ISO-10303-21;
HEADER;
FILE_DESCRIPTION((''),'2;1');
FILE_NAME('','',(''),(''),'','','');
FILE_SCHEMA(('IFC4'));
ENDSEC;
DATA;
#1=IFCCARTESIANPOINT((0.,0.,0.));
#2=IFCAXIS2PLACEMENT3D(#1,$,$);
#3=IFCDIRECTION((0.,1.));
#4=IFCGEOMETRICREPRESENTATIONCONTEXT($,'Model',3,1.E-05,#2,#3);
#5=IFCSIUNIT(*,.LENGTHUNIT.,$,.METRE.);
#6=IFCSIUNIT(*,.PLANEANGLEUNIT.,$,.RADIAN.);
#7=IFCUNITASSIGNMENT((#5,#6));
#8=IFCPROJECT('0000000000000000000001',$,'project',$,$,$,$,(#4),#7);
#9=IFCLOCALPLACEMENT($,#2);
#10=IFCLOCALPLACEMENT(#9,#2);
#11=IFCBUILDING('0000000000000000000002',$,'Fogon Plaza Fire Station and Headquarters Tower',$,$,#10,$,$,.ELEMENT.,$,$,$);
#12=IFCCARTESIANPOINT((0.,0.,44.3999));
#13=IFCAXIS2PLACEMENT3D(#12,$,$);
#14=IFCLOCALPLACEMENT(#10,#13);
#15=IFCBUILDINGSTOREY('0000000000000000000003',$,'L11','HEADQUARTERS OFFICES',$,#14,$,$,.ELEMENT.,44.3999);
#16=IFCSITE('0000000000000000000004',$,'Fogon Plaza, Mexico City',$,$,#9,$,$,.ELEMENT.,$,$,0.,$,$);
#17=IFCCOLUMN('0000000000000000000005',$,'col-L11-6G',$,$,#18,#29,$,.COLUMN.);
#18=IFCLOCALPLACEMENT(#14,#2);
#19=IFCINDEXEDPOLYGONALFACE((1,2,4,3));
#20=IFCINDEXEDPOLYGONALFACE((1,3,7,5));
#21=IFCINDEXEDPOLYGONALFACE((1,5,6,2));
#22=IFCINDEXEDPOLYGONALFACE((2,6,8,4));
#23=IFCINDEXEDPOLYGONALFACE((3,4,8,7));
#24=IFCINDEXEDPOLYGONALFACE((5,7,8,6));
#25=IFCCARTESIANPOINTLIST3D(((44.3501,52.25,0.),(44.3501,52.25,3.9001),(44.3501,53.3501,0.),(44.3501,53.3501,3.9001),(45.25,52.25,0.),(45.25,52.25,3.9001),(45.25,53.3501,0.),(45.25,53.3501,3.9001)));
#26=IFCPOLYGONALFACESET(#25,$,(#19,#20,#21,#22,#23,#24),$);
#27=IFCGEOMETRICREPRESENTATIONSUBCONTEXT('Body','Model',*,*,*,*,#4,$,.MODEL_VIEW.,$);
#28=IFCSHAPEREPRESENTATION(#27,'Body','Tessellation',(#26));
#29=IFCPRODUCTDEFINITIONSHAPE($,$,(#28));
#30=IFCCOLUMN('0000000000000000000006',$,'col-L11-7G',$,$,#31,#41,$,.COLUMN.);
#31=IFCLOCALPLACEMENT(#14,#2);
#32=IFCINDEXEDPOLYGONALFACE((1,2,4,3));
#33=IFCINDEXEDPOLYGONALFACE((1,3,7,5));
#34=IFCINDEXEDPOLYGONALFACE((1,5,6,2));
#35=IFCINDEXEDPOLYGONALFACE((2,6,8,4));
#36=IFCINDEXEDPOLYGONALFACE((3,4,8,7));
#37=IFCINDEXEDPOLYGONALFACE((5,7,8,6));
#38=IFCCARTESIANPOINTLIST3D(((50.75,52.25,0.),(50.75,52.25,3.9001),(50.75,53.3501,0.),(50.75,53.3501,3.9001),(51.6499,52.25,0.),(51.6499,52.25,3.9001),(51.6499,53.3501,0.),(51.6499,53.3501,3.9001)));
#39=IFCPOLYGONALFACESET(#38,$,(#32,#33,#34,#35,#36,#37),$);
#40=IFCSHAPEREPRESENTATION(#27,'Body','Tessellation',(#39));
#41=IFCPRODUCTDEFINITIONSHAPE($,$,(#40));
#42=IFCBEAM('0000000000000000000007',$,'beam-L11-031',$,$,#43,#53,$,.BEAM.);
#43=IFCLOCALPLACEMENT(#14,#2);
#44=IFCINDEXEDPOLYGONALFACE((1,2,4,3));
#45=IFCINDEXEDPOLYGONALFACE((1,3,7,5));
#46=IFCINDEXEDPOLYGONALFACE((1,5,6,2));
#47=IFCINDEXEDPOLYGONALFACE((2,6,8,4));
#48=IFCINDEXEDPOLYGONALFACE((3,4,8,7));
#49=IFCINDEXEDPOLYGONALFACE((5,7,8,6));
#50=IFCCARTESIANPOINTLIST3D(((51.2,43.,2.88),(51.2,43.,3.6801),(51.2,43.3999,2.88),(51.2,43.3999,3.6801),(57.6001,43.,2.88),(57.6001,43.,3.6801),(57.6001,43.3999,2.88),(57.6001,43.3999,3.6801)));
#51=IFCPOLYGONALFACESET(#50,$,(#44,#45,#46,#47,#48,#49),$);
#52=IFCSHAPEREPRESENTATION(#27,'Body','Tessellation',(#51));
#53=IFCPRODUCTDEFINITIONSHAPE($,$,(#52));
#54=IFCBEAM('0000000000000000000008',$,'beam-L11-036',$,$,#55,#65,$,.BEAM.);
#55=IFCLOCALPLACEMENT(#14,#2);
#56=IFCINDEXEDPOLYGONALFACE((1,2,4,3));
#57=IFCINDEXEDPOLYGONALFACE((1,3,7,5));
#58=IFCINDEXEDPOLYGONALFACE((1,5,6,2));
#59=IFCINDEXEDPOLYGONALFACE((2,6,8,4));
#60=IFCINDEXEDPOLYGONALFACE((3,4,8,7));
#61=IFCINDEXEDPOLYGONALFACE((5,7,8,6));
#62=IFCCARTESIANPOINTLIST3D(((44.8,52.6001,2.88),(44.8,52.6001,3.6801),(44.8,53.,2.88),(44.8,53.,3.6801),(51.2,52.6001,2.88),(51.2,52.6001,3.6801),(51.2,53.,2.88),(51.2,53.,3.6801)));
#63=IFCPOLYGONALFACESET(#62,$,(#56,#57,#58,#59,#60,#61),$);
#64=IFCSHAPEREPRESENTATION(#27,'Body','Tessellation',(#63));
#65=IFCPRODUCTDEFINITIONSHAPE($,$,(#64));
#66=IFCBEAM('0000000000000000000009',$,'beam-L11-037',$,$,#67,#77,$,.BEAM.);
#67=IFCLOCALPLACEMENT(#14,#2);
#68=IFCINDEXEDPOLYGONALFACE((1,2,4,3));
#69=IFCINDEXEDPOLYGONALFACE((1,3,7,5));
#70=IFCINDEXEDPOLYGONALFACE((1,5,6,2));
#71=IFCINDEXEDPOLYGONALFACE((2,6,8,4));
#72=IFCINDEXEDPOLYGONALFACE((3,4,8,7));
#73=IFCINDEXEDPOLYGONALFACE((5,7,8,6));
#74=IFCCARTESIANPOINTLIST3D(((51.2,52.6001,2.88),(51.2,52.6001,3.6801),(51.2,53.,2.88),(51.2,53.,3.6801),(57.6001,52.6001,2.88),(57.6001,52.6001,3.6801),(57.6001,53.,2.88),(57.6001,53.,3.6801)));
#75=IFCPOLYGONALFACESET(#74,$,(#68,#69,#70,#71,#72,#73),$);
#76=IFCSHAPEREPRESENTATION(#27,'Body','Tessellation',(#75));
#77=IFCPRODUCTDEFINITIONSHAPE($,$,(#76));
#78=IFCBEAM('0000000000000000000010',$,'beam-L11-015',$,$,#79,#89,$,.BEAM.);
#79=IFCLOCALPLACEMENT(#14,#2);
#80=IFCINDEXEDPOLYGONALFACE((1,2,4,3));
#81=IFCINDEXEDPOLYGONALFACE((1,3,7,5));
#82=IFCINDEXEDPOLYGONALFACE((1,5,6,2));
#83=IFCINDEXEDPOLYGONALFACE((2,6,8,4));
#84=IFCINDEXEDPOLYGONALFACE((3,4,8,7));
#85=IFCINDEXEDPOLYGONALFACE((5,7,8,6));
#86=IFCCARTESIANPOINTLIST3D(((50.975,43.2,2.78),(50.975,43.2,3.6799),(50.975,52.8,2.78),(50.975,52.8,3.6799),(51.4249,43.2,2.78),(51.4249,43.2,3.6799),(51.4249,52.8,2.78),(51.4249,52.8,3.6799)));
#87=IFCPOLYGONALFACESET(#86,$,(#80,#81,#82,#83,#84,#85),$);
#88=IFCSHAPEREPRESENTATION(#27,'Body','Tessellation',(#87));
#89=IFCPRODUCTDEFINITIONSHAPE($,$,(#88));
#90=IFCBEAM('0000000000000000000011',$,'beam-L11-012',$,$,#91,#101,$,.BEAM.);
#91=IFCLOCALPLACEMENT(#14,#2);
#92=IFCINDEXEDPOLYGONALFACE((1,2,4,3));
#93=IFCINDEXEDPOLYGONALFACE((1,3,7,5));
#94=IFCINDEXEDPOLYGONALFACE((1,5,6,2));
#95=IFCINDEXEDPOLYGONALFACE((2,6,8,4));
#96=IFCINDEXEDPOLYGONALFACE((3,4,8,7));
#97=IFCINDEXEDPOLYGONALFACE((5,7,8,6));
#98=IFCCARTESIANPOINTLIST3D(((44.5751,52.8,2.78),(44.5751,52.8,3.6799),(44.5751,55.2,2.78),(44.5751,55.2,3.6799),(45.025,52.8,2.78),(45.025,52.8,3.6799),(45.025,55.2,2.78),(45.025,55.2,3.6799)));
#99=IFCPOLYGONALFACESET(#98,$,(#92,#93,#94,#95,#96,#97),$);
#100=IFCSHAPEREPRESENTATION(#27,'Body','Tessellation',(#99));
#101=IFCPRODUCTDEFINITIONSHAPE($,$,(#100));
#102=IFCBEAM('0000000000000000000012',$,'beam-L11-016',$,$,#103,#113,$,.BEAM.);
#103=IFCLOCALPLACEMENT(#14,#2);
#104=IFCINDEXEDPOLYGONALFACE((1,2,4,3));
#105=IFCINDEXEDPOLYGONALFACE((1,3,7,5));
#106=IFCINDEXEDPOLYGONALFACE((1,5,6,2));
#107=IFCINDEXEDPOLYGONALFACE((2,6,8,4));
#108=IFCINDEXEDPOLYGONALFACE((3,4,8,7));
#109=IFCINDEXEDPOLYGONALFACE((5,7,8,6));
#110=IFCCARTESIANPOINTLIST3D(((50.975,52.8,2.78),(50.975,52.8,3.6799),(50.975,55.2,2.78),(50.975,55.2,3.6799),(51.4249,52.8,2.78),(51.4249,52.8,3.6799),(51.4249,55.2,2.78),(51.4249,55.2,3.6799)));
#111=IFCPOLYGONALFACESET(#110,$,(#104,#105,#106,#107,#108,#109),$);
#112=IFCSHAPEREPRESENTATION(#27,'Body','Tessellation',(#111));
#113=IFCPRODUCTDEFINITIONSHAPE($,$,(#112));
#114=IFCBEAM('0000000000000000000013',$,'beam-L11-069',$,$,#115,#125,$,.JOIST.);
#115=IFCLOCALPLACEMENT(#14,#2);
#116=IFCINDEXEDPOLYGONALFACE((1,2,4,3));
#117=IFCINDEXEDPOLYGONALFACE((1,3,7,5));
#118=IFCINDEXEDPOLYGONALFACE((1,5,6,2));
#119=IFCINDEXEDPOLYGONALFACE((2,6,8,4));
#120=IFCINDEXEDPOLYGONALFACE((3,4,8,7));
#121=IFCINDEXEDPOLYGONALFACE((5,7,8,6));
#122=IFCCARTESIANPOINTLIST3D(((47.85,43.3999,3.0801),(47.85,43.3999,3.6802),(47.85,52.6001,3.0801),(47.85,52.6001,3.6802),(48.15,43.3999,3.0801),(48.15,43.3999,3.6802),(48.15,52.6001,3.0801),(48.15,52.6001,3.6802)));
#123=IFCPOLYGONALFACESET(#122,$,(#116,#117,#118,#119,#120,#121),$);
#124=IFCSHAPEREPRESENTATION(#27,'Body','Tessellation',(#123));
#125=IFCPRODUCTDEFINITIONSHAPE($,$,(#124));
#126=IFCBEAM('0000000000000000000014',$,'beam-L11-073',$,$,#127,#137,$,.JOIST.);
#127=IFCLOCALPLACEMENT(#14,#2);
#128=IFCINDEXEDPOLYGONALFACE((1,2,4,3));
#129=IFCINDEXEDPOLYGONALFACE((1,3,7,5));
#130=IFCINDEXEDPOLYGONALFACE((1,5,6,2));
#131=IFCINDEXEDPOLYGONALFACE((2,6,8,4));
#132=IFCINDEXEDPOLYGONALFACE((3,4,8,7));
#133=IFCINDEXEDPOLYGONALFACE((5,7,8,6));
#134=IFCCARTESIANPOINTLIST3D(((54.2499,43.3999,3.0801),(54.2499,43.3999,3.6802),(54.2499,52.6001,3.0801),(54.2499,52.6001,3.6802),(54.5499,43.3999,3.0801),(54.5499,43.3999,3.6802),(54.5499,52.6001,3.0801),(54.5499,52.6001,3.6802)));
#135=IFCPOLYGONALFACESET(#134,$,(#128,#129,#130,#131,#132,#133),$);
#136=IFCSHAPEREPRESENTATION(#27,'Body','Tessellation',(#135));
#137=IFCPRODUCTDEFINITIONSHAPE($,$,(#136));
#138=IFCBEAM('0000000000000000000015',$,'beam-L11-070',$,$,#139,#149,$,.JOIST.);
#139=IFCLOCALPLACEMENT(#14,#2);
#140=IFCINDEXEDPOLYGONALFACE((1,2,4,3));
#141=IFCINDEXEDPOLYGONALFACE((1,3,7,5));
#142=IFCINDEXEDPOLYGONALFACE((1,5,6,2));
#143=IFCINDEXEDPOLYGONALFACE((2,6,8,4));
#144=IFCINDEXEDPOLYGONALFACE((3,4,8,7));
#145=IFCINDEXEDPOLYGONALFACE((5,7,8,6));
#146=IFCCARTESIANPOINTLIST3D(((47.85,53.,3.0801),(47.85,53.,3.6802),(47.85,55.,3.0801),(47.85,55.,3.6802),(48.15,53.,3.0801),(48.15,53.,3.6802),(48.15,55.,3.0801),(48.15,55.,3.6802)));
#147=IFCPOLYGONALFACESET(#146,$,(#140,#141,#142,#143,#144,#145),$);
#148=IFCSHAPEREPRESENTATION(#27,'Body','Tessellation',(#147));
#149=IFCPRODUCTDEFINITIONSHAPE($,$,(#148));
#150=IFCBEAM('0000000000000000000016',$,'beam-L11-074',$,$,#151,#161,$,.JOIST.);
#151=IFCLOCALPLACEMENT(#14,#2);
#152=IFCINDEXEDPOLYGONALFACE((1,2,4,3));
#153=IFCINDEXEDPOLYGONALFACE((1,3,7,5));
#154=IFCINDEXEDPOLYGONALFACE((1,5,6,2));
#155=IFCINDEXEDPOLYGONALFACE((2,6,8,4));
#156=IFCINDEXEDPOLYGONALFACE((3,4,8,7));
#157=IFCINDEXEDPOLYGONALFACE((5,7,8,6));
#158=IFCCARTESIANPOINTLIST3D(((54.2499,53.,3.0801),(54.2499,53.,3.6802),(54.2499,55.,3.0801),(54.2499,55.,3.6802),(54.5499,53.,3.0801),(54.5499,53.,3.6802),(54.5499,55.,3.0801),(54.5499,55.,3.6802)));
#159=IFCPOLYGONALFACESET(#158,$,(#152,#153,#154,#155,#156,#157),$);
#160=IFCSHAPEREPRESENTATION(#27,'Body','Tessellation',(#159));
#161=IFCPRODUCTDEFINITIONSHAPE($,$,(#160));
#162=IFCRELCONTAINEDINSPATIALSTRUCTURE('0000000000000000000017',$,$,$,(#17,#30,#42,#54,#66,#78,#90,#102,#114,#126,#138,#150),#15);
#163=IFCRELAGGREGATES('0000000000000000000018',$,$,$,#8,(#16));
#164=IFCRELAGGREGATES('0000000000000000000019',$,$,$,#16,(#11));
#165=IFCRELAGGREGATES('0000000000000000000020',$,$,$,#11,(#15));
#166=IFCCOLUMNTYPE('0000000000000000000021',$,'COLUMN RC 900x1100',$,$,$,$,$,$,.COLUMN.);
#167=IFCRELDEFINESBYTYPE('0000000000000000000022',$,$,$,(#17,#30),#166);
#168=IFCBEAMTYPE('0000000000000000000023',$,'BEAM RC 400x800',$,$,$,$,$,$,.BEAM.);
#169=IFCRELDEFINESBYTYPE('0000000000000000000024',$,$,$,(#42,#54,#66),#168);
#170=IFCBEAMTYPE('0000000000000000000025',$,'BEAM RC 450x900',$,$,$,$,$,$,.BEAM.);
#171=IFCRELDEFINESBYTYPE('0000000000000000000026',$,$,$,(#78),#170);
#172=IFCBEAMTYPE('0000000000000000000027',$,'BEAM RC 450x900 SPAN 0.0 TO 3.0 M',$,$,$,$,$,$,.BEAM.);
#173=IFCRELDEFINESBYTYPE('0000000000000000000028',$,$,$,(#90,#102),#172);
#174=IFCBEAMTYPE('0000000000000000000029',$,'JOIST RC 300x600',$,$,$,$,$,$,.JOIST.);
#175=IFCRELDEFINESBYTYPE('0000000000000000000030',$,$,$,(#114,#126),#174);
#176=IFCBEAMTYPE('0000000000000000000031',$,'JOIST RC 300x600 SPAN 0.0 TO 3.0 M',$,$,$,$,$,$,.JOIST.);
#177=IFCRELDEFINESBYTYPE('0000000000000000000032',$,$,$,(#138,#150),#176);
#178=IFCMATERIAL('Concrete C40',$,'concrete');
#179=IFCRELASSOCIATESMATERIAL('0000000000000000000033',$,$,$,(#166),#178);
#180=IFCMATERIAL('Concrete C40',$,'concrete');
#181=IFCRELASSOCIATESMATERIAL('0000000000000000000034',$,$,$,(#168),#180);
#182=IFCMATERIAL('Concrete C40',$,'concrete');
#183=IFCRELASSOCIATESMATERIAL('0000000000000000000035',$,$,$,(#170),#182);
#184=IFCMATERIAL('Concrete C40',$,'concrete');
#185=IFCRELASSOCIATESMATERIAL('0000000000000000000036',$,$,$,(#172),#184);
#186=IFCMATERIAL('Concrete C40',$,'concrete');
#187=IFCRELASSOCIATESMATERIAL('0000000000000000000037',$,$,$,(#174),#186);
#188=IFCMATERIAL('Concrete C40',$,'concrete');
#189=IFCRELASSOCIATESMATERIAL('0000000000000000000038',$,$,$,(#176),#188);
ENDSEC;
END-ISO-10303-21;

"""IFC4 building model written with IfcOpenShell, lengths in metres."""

from ifc_helpers import new_model, si_unit, direction, frame, origin, origin_2d, place, context, subcontext, project, spatial, rectangle, extrude, material, material_profile, profile_set, type_object, element, save


model = new_model("IFC4")

# Units and contexts
model_context = context("Model", 3, precision=1e-05, world=origin(), true_north=direction((0.0, 1.0)))
body_context = subcontext(model_context, "Body", "Model", "MODEL_VIEW")
ifc_project = project(units=[si_unit("LENGTHUNIT", "METRE"), si_unit("PLANEANGLEUNIT", "RADIAN")], contexts=[model_context])

# Site, building, storey
site_placement = place(None, origin())
site = spatial("IfcSite", under=ifc_project, at=site_placement, Name="Fogon Plaza, Mexico City", CompositionType="ELEMENT", RefElevation=0.0)
building_placement = place(site_placement, origin())
building = spatial("IfcBuilding", under=site, at=building_placement, Name="Fogon Plaza Fire Station and Headquarters Tower", CompositionType="ELEMENT")
storey_placement = place(building_placement, frame((0.0, 0.0, 44.3999)))
storey = spatial("IfcBuildingStorey", under=building, at=storey_placement, Name="L11", Description="HEADQUARTERS OFFICES", CompositionType="ELEMENT", Elevation=44.3999)

# Columns
ifc_material_1 = material(Name="Concrete C40", Category="concrete")
ifc_material_profile_1 = material_profile(ifc_material_1, rectangle(XDim=0.8999, YDim=1.1001, at=origin_2d()), Name="RC 900x1100")
ifc_profile_set_1 = profile_set([ifc_material_profile_1], Name="Concrete C40")
column_type = type_object("IfcColumnType", Name="COLUMN RC 900x1100", PredefinedType="COLUMN", material=ifc_profile_set_1)
for number, where, z_axis, x_axis, name in (
    (1, (44.8, 52.8, 0.0), (0.0, 0.0, 1.0), (1.0, 0.0, 0.0), "col-L11-6G"),
    (2, (51.2, 52.8, 0.0), (0.0, 0.0, 1.0), (1.0, 0.0, 0.0), "col-L11-7G"),
):
    element("IfcColumn", number, at=place(storey_placement, frame(where, z_axis=z_axis, x_axis=x_axis)), inside=storey, type_object=column_type, Name=name, PredefinedType="COLUMN", context=body_context, shape_type="SweptSolid", body=[
        extrude(rectangle(XDim=0.8999, YDim=1.1001, at=origin_2d()), origin(), (0.0, 0.0, 1.0), 3.9001),
    ])

# Beams
ifc_material_2 = material(Name="Concrete C40", Category="concrete")
ifc_material_profile_2 = material_profile(ifc_material_2, rectangle(XDim=0.3999, YDim=0.8, at=origin_2d()), Name="RC 400x800")
ifc_profile_set_2 = profile_set([ifc_material_profile_2], Name="Concrete C40")
beam_type_1 = type_object("IfcBeamType", Name="BEAM RC 400x800", PredefinedType="BEAM", material=ifc_profile_set_2)
beam_1_placement = place(storey_placement, frame((51.2, 43.2, 3.28), z_axis=(1.0, 0.0, 0.0), x_axis=(0.0, 1.0, 0.0)))
element("IfcBeam", 3, at=beam_1_placement, inside=storey, type_object=beam_type_1, Name="beam-L11-031", PredefinedType="BEAM", context=body_context, shape_type="SweptSolid", body=[
    extrude(rectangle(XDim=0.3999, YDim=0.8, at=origin_2d()), origin(), (0.0, 0.0, 1.0), 6.4001),
])
beam_2_placement = place(storey_placement, frame((44.8, 52.8, 3.28), z_axis=(1.0, 0.0, 0.0), x_axis=(0.0, 1.0, 0.0)))
element("IfcBeam", 4, at=beam_2_placement, inside=storey, type_object=beam_type_1, Name="beam-L11-036", PredefinedType="BEAM", context=body_context, shape_type="SweptSolid", body=[
    extrude(rectangle(XDim=0.3999, YDim=0.8, at=origin_2d()), origin(), (0.0, 0.0, 1.0), 6.3999),
])
beam_3_placement = place(storey_placement, frame((51.2, 52.8, 3.28), z_axis=(1.0, 0.0, 0.0), x_axis=(0.0, 1.0, 0.0)))
element("IfcBeam", 5, at=beam_3_placement, inside=storey, type_object=beam_type_1, Name="beam-L11-037", PredefinedType="BEAM", context=body_context, shape_type="SweptSolid", body=[
    extrude(rectangle(XDim=0.3999, YDim=0.8, at=origin_2d()), origin(), (0.0, 0.0, 1.0), 6.4001),
])
ifc_material_3 = material(Name="Concrete C40", Category="concrete")
ifc_material_profile_3 = material_profile(ifc_material_3, rectangle(XDim=0.45, YDim=0.8999, at=origin_2d()), Name="RC 450x900")
ifc_profile_set_3 = profile_set([ifc_material_profile_3], Name="Concrete C40")
beam_type_2 = type_object("IfcBeamType", Name="BEAM RC 450x900", PredefinedType="BEAM", material=ifc_profile_set_3)
beam_4_placement = place(storey_placement, frame((51.2, 43.2, 3.23), z_axis=(0.0, 1.0, 0.0), x_axis=(-1.0, 0.0, 0.0)))
element("IfcBeam", 6, at=beam_4_placement, inside=storey, type_object=beam_type_2, Name="beam-L11-015", PredefinedType="BEAM", context=body_context, shape_type="SweptSolid", body=[
    extrude(rectangle(XDim=0.45, YDim=0.8999, at=origin_2d()), origin(), (0.0, 0.0, 1.0), 9.6001),
])
ifc_material_4 = material(Name="Concrete C40", Category="concrete")
ifc_material_profile_4 = material_profile(ifc_material_4, rectangle(XDim=0.45, YDim=0.8999, at=origin_2d()), Name="RC 450x900")
ifc_profile_set_4 = profile_set([ifc_material_profile_4], Name="Concrete C40")
beam_type_3 = type_object("IfcBeamType", Name="BEAM RC 450x900 SPAN 0.0 TO 3.0 M", PredefinedType="BEAM", material=ifc_profile_set_4)
for number, where, z_axis, x_axis, name in (
    (7, (44.8, 52.8, 3.23), (0.0, 1.0, 0.0), (-1.0, 0.0, 0.0), "beam-L11-012"),
    (8, (51.2, 52.8, 3.23), (0.0, 1.0, 0.0), (-1.0, 0.0, 0.0), "beam-L11-016"),
):
    element("IfcBeam", number, at=place(storey_placement, frame(where, z_axis=z_axis, x_axis=x_axis)), inside=storey, type_object=beam_type_3, Name=name, PredefinedType="BEAM", context=body_context, shape_type="SweptSolid", body=[
        extrude(rectangle(XDim=0.45, YDim=0.8999, at=origin_2d()), origin(), (0.0, 0.0, 1.0), 2.3999),
    ])
ifc_material_5 = material(Name="Concrete C40", Category="concrete")
ifc_material_profile_5 = material_profile(ifc_material_5, rectangle(XDim=0.3, YDim=0.6001, at=origin_2d()), Name="RC 300x600")
ifc_profile_set_5 = profile_set([ifc_material_profile_5], Name="Concrete C40")
beam_type_4 = type_object("IfcBeamType", Name="JOIST RC 300x600", PredefinedType="JOIST", material=ifc_profile_set_5)
for number, where, z_axis, x_axis, name in (
    (9, (48.0, 43.3999, 3.3801), (0.0, 1.0, 0.0), (-1.0, 0.0, 0.0), "beam-L11-069"),
    (10, (54.3999, 43.3999, 3.3801), (0.0, 1.0, 0.0), (-1.0, 0.0, 0.0), "beam-L11-073"),
):
    element("IfcBeam", number, at=place(storey_placement, frame(where, z_axis=z_axis, x_axis=x_axis)), inside=storey, type_object=beam_type_4, Name=name, PredefinedType="JOIST", context=body_context, shape_type="SweptSolid", body=[
        extrude(rectangle(XDim=0.3, YDim=0.6001, at=origin_2d()), origin(), (0.0, 0.0, 1.0), 9.2002),
    ])
ifc_material_6 = material(Name="Concrete C40", Category="concrete")
ifc_material_profile_6 = material_profile(ifc_material_6, rectangle(XDim=0.3, YDim=0.6001, at=origin_2d()), Name="RC 300x600")
ifc_profile_set_6 = profile_set([ifc_material_profile_6], Name="Concrete C40")
beam_type_5 = type_object("IfcBeamType", Name="JOIST RC 300x600 SPAN 0.0 TO 3.0 M", PredefinedType="JOIST", material=ifc_profile_set_6)
for number, where, z_axis, x_axis, name in (
    (11, (48.0, 53.0, 3.3801), (0.0, 1.0, 0.0), (-1.0, 0.0, 0.0), "beam-L11-070"),
    (12, (54.3999, 53.0, 3.3801), (0.0, 1.0, 0.0), (-1.0, 0.0, 0.0), "beam-L11-074"),
):
    element("IfcBeam", number, at=place(storey_placement, frame(where, z_axis=z_axis, x_axis=x_axis)), inside=storey, type_object=beam_type_5, Name=name, PredefinedType="JOIST", context=body_context, shape_type="SweptSolid", body=[
        extrude(rectangle(XDim=0.3, YDim=0.6001, at=origin_2d()), origin(), (0.0, 0.0, 1.0), 2.0),
    ])

save(model, "model.ifc")
